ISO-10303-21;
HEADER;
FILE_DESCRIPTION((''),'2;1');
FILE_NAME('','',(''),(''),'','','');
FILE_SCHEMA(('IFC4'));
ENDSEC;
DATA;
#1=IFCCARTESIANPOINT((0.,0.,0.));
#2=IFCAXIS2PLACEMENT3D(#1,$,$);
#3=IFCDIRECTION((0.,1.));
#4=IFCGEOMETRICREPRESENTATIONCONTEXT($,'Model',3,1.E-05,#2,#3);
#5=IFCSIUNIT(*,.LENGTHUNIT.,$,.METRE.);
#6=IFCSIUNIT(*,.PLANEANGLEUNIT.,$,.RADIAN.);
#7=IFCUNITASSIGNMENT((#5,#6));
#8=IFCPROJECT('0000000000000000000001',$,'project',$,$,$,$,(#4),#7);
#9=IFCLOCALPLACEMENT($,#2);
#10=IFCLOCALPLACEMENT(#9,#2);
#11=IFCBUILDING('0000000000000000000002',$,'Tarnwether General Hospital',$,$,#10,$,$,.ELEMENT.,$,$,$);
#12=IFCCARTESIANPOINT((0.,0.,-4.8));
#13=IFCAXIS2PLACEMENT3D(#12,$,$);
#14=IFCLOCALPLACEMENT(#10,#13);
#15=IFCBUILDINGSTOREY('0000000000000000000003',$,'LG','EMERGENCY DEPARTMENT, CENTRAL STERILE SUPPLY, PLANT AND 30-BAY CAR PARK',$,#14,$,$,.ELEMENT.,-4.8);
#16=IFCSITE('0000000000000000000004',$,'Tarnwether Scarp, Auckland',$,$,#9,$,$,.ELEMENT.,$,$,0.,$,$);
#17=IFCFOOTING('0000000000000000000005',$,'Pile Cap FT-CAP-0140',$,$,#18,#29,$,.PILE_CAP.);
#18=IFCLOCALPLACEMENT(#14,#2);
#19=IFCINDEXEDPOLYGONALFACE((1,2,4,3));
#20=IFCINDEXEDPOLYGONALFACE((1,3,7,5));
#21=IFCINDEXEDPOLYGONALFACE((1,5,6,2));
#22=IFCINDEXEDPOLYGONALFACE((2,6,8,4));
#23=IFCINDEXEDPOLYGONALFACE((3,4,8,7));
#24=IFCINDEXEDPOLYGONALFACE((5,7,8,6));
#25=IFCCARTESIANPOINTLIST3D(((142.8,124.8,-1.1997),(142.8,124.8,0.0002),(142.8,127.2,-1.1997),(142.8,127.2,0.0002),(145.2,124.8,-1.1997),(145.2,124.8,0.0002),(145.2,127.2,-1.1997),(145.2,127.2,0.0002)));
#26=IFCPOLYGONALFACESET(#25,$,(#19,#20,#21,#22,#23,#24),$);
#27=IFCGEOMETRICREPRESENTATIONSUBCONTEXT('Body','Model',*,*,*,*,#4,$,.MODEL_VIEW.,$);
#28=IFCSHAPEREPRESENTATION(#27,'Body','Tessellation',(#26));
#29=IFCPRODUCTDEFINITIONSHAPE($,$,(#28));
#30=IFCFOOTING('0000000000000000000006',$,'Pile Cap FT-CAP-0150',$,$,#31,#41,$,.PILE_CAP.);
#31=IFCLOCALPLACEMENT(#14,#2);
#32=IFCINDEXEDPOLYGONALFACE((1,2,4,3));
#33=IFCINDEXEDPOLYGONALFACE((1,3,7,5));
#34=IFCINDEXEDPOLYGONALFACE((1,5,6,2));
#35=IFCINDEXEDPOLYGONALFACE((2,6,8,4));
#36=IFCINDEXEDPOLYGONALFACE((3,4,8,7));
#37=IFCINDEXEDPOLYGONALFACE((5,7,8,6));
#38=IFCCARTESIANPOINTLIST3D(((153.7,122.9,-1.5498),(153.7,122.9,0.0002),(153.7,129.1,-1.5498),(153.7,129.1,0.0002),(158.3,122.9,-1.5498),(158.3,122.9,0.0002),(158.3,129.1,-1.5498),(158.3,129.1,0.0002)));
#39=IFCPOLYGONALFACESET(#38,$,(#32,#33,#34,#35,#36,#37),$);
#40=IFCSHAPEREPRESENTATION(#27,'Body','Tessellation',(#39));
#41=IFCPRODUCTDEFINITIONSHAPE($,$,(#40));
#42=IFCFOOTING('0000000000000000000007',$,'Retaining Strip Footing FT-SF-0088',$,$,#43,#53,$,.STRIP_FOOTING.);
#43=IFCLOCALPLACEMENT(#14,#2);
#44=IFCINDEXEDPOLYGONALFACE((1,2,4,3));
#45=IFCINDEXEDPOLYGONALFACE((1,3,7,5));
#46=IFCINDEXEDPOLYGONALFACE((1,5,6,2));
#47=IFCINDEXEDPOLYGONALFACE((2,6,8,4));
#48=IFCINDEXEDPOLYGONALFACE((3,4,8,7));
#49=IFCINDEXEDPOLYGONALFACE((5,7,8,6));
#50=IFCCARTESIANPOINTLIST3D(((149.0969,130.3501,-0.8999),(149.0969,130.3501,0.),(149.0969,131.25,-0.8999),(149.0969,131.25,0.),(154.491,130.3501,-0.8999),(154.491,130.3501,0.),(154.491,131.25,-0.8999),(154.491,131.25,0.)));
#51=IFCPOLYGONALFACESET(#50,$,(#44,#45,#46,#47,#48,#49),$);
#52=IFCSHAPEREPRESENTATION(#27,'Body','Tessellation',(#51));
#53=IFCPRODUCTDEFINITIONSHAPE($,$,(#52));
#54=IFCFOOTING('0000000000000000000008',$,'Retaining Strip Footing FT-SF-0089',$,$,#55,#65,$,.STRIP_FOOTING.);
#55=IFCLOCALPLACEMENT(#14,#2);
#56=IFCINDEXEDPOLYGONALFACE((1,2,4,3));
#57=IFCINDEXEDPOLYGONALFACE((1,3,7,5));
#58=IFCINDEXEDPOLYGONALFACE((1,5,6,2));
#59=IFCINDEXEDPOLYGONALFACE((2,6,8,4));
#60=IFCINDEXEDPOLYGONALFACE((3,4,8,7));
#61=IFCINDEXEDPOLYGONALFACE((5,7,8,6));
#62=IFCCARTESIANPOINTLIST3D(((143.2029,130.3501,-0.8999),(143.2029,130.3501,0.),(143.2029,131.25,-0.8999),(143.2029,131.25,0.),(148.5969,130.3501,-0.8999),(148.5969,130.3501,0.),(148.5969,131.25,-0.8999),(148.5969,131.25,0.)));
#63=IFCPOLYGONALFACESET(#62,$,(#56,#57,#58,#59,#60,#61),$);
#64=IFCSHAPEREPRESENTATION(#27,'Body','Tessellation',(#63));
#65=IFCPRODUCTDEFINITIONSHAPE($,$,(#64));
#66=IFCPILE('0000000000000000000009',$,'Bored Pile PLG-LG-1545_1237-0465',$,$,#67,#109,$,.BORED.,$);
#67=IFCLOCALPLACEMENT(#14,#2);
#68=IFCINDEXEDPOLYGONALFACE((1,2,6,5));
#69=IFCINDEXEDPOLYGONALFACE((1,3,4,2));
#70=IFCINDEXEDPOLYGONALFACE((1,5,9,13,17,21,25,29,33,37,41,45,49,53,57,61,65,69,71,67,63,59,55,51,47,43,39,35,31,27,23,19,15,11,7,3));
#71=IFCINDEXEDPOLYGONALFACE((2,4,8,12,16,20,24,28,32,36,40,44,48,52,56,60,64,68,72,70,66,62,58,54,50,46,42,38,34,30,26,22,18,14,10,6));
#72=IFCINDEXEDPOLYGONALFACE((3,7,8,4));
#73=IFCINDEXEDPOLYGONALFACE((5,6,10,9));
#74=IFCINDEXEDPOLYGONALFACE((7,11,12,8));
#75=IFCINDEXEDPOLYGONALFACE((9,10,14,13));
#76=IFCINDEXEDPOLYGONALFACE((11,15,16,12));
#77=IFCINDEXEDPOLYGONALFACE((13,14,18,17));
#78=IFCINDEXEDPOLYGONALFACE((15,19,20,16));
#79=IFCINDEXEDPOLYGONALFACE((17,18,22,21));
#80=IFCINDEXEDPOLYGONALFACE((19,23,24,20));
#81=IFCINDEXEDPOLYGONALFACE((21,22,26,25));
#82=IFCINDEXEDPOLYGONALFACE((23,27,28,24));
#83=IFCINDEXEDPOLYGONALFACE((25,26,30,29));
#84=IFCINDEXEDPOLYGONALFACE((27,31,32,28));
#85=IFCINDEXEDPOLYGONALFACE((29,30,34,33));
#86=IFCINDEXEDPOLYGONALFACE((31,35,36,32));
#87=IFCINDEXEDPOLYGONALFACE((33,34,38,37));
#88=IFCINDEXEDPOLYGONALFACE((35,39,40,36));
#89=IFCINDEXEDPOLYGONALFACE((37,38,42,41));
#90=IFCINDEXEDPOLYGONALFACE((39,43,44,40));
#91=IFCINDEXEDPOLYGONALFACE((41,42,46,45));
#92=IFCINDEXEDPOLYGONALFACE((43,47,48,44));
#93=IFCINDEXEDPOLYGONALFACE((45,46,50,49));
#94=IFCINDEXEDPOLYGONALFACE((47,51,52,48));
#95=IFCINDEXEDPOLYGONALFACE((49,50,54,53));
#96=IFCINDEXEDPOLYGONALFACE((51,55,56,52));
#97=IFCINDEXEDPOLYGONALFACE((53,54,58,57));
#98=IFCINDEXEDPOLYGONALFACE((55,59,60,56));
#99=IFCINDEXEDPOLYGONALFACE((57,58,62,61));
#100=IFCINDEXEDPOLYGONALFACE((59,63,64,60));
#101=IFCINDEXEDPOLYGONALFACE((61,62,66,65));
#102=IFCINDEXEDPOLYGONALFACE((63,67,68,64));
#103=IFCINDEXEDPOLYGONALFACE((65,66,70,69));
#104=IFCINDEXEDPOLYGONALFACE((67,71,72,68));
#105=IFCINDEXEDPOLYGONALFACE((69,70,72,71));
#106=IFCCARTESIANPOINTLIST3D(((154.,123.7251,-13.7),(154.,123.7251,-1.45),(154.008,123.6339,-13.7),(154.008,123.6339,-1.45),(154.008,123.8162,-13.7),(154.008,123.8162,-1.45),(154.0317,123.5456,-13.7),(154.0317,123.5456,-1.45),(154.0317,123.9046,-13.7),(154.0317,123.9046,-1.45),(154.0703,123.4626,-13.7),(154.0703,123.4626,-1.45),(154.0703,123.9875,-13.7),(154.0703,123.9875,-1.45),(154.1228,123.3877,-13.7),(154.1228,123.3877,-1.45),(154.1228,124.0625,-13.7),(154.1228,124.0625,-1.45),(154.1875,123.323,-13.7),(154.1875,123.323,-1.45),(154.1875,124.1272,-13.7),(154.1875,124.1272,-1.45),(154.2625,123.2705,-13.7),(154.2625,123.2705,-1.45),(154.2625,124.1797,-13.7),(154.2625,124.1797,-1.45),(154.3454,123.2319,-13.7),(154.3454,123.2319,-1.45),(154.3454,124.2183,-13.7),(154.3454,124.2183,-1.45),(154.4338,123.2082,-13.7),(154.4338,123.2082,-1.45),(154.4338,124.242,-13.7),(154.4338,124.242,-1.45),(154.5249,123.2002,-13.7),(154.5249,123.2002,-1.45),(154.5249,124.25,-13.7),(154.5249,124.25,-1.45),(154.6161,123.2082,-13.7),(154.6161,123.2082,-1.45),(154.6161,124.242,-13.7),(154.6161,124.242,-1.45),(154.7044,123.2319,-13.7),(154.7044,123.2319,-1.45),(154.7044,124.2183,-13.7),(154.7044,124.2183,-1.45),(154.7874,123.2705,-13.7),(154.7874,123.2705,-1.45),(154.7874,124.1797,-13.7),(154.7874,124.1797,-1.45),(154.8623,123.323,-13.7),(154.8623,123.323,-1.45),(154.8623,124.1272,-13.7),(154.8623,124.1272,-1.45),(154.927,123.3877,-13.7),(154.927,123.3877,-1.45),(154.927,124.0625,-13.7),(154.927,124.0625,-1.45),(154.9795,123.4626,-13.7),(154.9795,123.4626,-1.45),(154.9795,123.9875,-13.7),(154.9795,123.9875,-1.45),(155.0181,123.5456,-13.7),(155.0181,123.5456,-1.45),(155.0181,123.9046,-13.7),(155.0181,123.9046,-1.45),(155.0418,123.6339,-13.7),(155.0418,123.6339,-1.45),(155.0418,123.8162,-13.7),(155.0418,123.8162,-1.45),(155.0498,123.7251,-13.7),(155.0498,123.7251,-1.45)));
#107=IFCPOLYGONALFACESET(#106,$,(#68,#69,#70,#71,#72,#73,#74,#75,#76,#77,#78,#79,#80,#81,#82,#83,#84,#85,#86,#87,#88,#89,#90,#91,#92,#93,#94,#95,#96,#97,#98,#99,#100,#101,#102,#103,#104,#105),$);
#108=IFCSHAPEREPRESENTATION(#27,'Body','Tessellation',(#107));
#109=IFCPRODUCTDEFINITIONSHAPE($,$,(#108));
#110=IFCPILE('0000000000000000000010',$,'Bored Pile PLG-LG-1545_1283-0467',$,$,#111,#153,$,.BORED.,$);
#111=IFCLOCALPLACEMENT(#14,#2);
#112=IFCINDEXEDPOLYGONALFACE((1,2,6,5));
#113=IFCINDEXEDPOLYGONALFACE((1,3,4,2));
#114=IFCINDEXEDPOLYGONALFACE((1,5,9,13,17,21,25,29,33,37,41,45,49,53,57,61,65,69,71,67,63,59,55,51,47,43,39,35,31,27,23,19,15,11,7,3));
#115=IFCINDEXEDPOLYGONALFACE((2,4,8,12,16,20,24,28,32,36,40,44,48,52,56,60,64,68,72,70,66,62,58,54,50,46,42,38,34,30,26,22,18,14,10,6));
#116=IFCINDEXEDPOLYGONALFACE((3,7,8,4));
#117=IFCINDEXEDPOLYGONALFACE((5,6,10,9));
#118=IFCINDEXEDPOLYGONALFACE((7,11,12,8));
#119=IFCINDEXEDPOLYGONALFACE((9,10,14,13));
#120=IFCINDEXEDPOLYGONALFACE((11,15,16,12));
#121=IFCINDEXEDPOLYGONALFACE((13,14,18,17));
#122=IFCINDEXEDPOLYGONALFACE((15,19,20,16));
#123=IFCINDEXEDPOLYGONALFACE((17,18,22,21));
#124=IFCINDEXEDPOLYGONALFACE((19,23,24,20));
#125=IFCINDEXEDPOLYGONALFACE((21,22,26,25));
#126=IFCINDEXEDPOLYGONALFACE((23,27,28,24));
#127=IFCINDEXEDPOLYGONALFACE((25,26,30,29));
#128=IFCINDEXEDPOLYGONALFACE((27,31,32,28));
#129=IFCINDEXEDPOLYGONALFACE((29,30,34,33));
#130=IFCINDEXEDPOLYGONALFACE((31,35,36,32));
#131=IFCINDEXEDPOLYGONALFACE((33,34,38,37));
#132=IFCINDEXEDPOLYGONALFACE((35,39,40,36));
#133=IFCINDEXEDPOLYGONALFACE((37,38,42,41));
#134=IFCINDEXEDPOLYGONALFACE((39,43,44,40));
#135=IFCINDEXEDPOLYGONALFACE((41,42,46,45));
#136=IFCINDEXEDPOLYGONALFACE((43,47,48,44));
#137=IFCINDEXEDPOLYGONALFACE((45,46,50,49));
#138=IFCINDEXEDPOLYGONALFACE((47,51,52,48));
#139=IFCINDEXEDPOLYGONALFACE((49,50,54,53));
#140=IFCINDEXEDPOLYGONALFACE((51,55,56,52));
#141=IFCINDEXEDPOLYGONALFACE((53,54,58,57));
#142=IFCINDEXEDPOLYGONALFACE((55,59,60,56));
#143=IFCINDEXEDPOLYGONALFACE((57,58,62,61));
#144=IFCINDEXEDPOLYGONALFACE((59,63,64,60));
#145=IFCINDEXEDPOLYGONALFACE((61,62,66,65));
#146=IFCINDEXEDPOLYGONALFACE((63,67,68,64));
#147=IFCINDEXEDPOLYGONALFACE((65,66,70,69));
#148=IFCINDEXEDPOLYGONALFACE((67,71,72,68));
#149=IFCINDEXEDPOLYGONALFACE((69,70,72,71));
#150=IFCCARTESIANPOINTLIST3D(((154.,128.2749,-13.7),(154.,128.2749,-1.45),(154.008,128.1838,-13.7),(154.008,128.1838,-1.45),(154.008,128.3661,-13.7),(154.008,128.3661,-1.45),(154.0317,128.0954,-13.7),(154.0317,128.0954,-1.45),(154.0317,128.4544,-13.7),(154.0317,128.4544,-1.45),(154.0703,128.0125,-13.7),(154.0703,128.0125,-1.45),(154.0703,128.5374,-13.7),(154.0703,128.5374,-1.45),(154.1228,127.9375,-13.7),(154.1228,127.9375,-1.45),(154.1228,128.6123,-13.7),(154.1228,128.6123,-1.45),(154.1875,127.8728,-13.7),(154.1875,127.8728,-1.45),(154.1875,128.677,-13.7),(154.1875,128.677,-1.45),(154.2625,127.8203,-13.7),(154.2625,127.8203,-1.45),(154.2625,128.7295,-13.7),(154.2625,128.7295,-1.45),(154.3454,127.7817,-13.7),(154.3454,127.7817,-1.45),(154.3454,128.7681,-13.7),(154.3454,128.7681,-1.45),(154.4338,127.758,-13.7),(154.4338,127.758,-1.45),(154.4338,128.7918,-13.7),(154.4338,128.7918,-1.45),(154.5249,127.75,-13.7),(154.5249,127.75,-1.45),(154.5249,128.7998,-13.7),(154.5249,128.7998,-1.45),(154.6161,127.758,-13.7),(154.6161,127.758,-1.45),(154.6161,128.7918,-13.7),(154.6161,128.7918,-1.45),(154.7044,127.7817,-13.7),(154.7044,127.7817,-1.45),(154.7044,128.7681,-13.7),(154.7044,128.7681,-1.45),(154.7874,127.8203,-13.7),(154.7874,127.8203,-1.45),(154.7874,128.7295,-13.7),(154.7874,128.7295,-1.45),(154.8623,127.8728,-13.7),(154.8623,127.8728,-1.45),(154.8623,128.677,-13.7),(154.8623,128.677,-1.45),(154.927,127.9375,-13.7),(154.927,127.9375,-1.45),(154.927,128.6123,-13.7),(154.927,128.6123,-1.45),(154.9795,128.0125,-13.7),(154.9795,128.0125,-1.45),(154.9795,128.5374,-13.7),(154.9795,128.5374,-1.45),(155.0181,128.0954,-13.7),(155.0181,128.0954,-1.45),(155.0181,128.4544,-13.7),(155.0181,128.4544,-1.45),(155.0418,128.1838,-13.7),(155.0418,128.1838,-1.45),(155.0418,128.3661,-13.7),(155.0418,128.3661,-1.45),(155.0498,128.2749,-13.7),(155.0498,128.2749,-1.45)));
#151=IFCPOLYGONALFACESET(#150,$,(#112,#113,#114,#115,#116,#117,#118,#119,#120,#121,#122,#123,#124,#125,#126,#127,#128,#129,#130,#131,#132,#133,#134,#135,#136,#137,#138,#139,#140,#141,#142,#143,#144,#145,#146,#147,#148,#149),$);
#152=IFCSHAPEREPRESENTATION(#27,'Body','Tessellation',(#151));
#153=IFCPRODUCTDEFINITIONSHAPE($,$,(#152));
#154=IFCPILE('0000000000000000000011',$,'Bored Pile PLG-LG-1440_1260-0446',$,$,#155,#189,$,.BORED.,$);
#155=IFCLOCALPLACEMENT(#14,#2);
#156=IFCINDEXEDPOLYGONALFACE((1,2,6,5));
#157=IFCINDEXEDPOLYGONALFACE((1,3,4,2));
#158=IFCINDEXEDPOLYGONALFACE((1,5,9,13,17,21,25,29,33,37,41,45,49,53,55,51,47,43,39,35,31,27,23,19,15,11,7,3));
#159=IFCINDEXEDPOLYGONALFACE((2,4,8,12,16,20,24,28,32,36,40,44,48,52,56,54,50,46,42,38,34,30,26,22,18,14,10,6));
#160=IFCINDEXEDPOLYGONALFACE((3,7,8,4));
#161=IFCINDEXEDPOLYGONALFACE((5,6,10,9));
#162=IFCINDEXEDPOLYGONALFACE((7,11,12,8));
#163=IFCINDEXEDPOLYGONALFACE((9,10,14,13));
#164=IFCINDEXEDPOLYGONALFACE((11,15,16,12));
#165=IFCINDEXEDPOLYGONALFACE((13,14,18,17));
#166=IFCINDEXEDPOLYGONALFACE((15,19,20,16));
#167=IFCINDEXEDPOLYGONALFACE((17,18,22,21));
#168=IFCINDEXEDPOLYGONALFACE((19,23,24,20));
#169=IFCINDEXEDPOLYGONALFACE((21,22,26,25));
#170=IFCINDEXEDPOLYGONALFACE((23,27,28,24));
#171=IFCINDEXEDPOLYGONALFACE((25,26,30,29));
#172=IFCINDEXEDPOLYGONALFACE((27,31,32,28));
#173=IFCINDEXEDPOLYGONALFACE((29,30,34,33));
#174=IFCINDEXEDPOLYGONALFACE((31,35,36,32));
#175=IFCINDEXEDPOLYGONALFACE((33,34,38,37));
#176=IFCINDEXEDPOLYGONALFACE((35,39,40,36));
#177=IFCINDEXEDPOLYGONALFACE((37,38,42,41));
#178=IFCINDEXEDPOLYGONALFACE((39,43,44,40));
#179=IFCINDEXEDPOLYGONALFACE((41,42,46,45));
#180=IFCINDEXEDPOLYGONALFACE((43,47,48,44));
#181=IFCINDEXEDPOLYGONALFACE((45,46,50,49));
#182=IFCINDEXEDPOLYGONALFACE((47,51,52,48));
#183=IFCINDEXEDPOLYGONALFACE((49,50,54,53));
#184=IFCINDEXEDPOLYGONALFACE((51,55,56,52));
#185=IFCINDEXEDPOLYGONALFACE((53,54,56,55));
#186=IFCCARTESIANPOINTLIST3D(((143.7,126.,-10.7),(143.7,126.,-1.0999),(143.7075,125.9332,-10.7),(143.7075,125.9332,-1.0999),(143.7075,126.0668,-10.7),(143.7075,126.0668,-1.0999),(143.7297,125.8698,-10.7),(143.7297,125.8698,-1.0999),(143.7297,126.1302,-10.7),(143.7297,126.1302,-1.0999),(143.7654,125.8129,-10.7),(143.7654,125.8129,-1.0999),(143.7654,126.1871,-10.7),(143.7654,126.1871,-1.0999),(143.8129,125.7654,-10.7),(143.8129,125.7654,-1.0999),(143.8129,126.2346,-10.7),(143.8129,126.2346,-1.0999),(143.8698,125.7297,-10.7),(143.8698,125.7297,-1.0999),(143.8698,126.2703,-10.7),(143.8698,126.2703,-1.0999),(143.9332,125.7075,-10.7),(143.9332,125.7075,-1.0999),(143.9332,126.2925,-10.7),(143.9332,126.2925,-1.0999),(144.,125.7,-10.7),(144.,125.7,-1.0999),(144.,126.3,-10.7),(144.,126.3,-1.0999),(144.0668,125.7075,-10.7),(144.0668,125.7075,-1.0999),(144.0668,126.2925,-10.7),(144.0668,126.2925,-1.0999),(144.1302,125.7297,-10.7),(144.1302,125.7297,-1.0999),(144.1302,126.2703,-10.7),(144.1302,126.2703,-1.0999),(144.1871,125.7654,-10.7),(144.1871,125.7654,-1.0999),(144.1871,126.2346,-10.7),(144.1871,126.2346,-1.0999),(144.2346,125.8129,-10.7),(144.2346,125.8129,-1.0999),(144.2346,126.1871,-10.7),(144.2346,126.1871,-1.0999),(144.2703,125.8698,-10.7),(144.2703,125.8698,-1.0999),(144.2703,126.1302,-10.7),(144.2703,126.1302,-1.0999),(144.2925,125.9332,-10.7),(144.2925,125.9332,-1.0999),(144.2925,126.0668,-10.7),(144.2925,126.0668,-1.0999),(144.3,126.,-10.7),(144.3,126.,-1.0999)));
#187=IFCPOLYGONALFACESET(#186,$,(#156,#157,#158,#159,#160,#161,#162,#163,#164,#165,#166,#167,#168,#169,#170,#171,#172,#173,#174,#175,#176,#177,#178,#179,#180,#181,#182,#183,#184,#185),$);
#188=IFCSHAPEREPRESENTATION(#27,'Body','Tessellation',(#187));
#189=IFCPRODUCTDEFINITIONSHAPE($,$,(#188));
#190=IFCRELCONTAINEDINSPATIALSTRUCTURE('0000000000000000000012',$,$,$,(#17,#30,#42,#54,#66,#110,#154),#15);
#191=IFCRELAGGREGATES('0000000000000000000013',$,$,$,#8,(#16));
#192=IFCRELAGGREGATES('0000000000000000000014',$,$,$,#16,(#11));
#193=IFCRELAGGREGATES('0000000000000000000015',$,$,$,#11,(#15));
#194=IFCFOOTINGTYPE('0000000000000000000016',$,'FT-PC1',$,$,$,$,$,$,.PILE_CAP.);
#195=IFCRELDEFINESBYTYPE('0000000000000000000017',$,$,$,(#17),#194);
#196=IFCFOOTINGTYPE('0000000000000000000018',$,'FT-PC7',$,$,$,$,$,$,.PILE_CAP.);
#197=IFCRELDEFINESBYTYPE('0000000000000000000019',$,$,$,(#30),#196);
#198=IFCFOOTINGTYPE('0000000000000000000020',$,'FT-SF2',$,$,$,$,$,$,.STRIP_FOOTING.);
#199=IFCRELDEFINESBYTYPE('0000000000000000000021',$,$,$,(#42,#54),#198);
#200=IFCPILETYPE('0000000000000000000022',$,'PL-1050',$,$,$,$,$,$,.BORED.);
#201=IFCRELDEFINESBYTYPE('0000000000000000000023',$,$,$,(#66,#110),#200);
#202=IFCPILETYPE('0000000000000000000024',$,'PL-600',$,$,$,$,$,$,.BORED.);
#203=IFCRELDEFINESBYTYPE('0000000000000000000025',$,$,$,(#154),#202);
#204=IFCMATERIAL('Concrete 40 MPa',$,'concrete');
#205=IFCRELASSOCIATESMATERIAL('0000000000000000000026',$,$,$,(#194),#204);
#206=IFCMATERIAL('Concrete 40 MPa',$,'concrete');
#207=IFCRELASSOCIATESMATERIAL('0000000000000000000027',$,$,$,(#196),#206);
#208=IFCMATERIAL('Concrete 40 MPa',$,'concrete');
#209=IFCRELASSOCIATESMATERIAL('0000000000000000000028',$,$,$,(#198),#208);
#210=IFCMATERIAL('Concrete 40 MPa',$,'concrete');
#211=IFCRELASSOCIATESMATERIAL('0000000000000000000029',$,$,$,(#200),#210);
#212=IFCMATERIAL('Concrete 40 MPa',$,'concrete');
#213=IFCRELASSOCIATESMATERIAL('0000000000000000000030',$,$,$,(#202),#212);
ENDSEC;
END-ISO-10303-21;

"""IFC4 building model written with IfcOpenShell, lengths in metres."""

from ifc_helpers import new_model, si_unit, direction, frame, origin, origin_2d, place, context, subcontext, project, spatial, rectangle, circle, extrude, material, material_profile, profile_set, type_object, element, save


model = new_model("IFC4")

# Units and contexts
model_context = context("Model", 3, precision=1e-05, world=origin(), true_north=direction((0.0, 1.0)))
body_context = subcontext(model_context, "Body", "Model", "MODEL_VIEW")
ifc_project = project(units=[si_unit("LENGTHUNIT", "METRE"), si_unit("PLANEANGLEUNIT", "RADIAN")], contexts=[model_context])

# Site, building, storey
site_placement = place(None, origin())
site = spatial("IfcSite", under=ifc_project, at=site_placement, Name="Tarnwether Scarp, Auckland", CompositionType="ELEMENT", RefElevation=0.0)
building_placement = place(site_placement, origin())
building = spatial("IfcBuilding", under=site, at=building_placement, Name="Tarnwether General Hospital", CompositionType="ELEMENT")
storey_placement = place(building_placement, frame((0.0, 0.0, -4.8)))
storey = spatial("IfcBuildingStorey", under=building, at=storey_placement, Name="LG", Description="EMERGENCY DEPARTMENT, CENTRAL STERILE SUPPLY, PLANT AND 30-BAY CAR PARK", CompositionType="ELEMENT", Elevation=-4.8)

# Footings
ifc_material_1 = material(Name="Concrete 40 MPa", Category="concrete")
footing_type_1 = type_object("IfcFootingType", Name="FT-PC1", PredefinedType="PILE_CAP", material=ifc_material_1)
footing_1_placement = place(storey_placement, frame((144.0, 126.0, -1.1997), z_axis=(0.0, 0.0, 1.0), x_axis=(1.0, 0.0, 0.0)))
element("IfcFooting", 1, at=footing_1_placement, inside=storey, type_object=footing_type_1, Name="Pile Cap FT-CAP-0140", PredefinedType="PILE_CAP", context=body_context, shape_type="SweptSolid", body=[
    extrude(rectangle(XDim=2.3999, YDim=2.3999, at=origin_2d()), origin(), (0.0, 0.0, 1.0), 1.2),
])
ifc_material_2 = material(Name="Concrete 40 MPa", Category="concrete")
footing_type_2 = type_object("IfcFootingType", Name="FT-PC7", PredefinedType="PILE_CAP", material=ifc_material_2)
footing_2_placement = place(storey_placement, frame((156.0, 126.0, -1.5498), z_axis=(0.0, 0.0, 1.0), x_axis=(0.0, 1.0, 0.0)))
element("IfcFooting", 2, at=footing_2_placement, inside=storey, type_object=footing_type_2, Name="Pile Cap FT-CAP-0150", PredefinedType="PILE_CAP", context=body_context, shape_type="SweptSolid", body=[
    extrude(rectangle(XDim=6.2, YDim=4.6001, at=origin_2d()), origin(), (0.0, 0.0, 1.0), 1.55),
])
ifc_material_3 = material(Name="Concrete 40 MPa", Category="concrete")
footing_type_3 = type_object("IfcFootingType", Name="FT-SF2", PredefinedType="STRIP_FOOTING", material=ifc_material_3)
for number, where, z_axis, x_axis, name in (
    (3, (151.7939, 130.8, -0.8999), (0.0, 0.0, 1.0), (-1.0, 0.0, 0.0), "Retaining Strip Footing FT-SF-0088"),
    (4, (145.8999, 130.8, -0.8999), (0.0, 0.0, 1.0), (-1.0, 0.0, 0.0), "Retaining Strip Footing FT-SF-0089"),
):
    element("IfcFooting", number, at=place(storey_placement, frame(where, z_axis=z_axis, x_axis=x_axis)), inside=storey, type_object=footing_type_3, Name=name, PredefinedType="STRIP_FOOTING", context=body_context, shape_type="SweptSolid", body=[
        extrude(rectangle(XDim=5.394, YDim=0.8999, at=origin_2d()), origin(), (0.0, 0.0, 1.0), 0.8999),
    ])

# Piles
ifc_material_4 = material(Name="Concrete 40 MPa", Category="concrete")
ifc_material_profile_1 = material_profile(ifc_material_4, circle(Radius=0.5249, at=origin_2d()), Name="PILE-D1050")
ifc_profile_set_1 = profile_set([ifc_material_profile_1], Name="Concrete 40 MPa")
pile_type_1 = type_object("IfcPileType", Name="PL-1050", PredefinedType="BORED", material=ifc_profile_set_1)
for number, where, z_axis, x_axis, name in (
    (5, (154.5249, 123.7251, -1.45), (0.0, 0.0, -1.0), (1.0, 0.0, 0.0), "Bored Pile PLG-LG-1545_1237-0465"),
    (6, (154.5249, 128.2749, -1.45), (0.0, 0.0, -1.0), (1.0, 0.0, 0.0), "Bored Pile PLG-LG-1545_1283-0467"),
):
    element("IfcPile", number, at=place(storey_placement, frame(where, z_axis=z_axis, x_axis=x_axis)), inside=storey, type_object=pile_type_1, Name=name, PredefinedType="BORED", context=body_context, shape_type="SweptSolid", body=[
        extrude(circle(Radius=0.5249, at=origin_2d()), origin(), (0.0, 0.0, 1.0), 12.25),
    ])
ifc_material_5 = material(Name="Concrete 40 MPa", Category="concrete")
ifc_material_profile_2 = material_profile(ifc_material_5, circle(Radius=0.3, at=origin_2d()), Name="PILE-D600")
ifc_profile_set_2 = profile_set([ifc_material_profile_2], Name="Concrete 40 MPa")
pile_type_2 = type_object("IfcPileType", Name="PL-600", PredefinedType="BORED", material=ifc_profile_set_2)
pile_placement = place(storey_placement, frame((144.0, 126.0, -1.0999), z_axis=(0.0, 0.0, -1.0), x_axis=(1.0, 0.0, 0.0)))
element("IfcPile", 7, at=pile_placement, inside=storey, type_object=pile_type_2, Name="Bored Pile PLG-LG-1440_1260-0446", PredefinedType="BORED", context=body_context, shape_type="SweptSolid", body=[
    extrude(circle(Radius=0.3, at=origin_2d()), origin(), (0.0, 0.0, 1.0), 9.6001),
])

save(model, "model.ifc")
